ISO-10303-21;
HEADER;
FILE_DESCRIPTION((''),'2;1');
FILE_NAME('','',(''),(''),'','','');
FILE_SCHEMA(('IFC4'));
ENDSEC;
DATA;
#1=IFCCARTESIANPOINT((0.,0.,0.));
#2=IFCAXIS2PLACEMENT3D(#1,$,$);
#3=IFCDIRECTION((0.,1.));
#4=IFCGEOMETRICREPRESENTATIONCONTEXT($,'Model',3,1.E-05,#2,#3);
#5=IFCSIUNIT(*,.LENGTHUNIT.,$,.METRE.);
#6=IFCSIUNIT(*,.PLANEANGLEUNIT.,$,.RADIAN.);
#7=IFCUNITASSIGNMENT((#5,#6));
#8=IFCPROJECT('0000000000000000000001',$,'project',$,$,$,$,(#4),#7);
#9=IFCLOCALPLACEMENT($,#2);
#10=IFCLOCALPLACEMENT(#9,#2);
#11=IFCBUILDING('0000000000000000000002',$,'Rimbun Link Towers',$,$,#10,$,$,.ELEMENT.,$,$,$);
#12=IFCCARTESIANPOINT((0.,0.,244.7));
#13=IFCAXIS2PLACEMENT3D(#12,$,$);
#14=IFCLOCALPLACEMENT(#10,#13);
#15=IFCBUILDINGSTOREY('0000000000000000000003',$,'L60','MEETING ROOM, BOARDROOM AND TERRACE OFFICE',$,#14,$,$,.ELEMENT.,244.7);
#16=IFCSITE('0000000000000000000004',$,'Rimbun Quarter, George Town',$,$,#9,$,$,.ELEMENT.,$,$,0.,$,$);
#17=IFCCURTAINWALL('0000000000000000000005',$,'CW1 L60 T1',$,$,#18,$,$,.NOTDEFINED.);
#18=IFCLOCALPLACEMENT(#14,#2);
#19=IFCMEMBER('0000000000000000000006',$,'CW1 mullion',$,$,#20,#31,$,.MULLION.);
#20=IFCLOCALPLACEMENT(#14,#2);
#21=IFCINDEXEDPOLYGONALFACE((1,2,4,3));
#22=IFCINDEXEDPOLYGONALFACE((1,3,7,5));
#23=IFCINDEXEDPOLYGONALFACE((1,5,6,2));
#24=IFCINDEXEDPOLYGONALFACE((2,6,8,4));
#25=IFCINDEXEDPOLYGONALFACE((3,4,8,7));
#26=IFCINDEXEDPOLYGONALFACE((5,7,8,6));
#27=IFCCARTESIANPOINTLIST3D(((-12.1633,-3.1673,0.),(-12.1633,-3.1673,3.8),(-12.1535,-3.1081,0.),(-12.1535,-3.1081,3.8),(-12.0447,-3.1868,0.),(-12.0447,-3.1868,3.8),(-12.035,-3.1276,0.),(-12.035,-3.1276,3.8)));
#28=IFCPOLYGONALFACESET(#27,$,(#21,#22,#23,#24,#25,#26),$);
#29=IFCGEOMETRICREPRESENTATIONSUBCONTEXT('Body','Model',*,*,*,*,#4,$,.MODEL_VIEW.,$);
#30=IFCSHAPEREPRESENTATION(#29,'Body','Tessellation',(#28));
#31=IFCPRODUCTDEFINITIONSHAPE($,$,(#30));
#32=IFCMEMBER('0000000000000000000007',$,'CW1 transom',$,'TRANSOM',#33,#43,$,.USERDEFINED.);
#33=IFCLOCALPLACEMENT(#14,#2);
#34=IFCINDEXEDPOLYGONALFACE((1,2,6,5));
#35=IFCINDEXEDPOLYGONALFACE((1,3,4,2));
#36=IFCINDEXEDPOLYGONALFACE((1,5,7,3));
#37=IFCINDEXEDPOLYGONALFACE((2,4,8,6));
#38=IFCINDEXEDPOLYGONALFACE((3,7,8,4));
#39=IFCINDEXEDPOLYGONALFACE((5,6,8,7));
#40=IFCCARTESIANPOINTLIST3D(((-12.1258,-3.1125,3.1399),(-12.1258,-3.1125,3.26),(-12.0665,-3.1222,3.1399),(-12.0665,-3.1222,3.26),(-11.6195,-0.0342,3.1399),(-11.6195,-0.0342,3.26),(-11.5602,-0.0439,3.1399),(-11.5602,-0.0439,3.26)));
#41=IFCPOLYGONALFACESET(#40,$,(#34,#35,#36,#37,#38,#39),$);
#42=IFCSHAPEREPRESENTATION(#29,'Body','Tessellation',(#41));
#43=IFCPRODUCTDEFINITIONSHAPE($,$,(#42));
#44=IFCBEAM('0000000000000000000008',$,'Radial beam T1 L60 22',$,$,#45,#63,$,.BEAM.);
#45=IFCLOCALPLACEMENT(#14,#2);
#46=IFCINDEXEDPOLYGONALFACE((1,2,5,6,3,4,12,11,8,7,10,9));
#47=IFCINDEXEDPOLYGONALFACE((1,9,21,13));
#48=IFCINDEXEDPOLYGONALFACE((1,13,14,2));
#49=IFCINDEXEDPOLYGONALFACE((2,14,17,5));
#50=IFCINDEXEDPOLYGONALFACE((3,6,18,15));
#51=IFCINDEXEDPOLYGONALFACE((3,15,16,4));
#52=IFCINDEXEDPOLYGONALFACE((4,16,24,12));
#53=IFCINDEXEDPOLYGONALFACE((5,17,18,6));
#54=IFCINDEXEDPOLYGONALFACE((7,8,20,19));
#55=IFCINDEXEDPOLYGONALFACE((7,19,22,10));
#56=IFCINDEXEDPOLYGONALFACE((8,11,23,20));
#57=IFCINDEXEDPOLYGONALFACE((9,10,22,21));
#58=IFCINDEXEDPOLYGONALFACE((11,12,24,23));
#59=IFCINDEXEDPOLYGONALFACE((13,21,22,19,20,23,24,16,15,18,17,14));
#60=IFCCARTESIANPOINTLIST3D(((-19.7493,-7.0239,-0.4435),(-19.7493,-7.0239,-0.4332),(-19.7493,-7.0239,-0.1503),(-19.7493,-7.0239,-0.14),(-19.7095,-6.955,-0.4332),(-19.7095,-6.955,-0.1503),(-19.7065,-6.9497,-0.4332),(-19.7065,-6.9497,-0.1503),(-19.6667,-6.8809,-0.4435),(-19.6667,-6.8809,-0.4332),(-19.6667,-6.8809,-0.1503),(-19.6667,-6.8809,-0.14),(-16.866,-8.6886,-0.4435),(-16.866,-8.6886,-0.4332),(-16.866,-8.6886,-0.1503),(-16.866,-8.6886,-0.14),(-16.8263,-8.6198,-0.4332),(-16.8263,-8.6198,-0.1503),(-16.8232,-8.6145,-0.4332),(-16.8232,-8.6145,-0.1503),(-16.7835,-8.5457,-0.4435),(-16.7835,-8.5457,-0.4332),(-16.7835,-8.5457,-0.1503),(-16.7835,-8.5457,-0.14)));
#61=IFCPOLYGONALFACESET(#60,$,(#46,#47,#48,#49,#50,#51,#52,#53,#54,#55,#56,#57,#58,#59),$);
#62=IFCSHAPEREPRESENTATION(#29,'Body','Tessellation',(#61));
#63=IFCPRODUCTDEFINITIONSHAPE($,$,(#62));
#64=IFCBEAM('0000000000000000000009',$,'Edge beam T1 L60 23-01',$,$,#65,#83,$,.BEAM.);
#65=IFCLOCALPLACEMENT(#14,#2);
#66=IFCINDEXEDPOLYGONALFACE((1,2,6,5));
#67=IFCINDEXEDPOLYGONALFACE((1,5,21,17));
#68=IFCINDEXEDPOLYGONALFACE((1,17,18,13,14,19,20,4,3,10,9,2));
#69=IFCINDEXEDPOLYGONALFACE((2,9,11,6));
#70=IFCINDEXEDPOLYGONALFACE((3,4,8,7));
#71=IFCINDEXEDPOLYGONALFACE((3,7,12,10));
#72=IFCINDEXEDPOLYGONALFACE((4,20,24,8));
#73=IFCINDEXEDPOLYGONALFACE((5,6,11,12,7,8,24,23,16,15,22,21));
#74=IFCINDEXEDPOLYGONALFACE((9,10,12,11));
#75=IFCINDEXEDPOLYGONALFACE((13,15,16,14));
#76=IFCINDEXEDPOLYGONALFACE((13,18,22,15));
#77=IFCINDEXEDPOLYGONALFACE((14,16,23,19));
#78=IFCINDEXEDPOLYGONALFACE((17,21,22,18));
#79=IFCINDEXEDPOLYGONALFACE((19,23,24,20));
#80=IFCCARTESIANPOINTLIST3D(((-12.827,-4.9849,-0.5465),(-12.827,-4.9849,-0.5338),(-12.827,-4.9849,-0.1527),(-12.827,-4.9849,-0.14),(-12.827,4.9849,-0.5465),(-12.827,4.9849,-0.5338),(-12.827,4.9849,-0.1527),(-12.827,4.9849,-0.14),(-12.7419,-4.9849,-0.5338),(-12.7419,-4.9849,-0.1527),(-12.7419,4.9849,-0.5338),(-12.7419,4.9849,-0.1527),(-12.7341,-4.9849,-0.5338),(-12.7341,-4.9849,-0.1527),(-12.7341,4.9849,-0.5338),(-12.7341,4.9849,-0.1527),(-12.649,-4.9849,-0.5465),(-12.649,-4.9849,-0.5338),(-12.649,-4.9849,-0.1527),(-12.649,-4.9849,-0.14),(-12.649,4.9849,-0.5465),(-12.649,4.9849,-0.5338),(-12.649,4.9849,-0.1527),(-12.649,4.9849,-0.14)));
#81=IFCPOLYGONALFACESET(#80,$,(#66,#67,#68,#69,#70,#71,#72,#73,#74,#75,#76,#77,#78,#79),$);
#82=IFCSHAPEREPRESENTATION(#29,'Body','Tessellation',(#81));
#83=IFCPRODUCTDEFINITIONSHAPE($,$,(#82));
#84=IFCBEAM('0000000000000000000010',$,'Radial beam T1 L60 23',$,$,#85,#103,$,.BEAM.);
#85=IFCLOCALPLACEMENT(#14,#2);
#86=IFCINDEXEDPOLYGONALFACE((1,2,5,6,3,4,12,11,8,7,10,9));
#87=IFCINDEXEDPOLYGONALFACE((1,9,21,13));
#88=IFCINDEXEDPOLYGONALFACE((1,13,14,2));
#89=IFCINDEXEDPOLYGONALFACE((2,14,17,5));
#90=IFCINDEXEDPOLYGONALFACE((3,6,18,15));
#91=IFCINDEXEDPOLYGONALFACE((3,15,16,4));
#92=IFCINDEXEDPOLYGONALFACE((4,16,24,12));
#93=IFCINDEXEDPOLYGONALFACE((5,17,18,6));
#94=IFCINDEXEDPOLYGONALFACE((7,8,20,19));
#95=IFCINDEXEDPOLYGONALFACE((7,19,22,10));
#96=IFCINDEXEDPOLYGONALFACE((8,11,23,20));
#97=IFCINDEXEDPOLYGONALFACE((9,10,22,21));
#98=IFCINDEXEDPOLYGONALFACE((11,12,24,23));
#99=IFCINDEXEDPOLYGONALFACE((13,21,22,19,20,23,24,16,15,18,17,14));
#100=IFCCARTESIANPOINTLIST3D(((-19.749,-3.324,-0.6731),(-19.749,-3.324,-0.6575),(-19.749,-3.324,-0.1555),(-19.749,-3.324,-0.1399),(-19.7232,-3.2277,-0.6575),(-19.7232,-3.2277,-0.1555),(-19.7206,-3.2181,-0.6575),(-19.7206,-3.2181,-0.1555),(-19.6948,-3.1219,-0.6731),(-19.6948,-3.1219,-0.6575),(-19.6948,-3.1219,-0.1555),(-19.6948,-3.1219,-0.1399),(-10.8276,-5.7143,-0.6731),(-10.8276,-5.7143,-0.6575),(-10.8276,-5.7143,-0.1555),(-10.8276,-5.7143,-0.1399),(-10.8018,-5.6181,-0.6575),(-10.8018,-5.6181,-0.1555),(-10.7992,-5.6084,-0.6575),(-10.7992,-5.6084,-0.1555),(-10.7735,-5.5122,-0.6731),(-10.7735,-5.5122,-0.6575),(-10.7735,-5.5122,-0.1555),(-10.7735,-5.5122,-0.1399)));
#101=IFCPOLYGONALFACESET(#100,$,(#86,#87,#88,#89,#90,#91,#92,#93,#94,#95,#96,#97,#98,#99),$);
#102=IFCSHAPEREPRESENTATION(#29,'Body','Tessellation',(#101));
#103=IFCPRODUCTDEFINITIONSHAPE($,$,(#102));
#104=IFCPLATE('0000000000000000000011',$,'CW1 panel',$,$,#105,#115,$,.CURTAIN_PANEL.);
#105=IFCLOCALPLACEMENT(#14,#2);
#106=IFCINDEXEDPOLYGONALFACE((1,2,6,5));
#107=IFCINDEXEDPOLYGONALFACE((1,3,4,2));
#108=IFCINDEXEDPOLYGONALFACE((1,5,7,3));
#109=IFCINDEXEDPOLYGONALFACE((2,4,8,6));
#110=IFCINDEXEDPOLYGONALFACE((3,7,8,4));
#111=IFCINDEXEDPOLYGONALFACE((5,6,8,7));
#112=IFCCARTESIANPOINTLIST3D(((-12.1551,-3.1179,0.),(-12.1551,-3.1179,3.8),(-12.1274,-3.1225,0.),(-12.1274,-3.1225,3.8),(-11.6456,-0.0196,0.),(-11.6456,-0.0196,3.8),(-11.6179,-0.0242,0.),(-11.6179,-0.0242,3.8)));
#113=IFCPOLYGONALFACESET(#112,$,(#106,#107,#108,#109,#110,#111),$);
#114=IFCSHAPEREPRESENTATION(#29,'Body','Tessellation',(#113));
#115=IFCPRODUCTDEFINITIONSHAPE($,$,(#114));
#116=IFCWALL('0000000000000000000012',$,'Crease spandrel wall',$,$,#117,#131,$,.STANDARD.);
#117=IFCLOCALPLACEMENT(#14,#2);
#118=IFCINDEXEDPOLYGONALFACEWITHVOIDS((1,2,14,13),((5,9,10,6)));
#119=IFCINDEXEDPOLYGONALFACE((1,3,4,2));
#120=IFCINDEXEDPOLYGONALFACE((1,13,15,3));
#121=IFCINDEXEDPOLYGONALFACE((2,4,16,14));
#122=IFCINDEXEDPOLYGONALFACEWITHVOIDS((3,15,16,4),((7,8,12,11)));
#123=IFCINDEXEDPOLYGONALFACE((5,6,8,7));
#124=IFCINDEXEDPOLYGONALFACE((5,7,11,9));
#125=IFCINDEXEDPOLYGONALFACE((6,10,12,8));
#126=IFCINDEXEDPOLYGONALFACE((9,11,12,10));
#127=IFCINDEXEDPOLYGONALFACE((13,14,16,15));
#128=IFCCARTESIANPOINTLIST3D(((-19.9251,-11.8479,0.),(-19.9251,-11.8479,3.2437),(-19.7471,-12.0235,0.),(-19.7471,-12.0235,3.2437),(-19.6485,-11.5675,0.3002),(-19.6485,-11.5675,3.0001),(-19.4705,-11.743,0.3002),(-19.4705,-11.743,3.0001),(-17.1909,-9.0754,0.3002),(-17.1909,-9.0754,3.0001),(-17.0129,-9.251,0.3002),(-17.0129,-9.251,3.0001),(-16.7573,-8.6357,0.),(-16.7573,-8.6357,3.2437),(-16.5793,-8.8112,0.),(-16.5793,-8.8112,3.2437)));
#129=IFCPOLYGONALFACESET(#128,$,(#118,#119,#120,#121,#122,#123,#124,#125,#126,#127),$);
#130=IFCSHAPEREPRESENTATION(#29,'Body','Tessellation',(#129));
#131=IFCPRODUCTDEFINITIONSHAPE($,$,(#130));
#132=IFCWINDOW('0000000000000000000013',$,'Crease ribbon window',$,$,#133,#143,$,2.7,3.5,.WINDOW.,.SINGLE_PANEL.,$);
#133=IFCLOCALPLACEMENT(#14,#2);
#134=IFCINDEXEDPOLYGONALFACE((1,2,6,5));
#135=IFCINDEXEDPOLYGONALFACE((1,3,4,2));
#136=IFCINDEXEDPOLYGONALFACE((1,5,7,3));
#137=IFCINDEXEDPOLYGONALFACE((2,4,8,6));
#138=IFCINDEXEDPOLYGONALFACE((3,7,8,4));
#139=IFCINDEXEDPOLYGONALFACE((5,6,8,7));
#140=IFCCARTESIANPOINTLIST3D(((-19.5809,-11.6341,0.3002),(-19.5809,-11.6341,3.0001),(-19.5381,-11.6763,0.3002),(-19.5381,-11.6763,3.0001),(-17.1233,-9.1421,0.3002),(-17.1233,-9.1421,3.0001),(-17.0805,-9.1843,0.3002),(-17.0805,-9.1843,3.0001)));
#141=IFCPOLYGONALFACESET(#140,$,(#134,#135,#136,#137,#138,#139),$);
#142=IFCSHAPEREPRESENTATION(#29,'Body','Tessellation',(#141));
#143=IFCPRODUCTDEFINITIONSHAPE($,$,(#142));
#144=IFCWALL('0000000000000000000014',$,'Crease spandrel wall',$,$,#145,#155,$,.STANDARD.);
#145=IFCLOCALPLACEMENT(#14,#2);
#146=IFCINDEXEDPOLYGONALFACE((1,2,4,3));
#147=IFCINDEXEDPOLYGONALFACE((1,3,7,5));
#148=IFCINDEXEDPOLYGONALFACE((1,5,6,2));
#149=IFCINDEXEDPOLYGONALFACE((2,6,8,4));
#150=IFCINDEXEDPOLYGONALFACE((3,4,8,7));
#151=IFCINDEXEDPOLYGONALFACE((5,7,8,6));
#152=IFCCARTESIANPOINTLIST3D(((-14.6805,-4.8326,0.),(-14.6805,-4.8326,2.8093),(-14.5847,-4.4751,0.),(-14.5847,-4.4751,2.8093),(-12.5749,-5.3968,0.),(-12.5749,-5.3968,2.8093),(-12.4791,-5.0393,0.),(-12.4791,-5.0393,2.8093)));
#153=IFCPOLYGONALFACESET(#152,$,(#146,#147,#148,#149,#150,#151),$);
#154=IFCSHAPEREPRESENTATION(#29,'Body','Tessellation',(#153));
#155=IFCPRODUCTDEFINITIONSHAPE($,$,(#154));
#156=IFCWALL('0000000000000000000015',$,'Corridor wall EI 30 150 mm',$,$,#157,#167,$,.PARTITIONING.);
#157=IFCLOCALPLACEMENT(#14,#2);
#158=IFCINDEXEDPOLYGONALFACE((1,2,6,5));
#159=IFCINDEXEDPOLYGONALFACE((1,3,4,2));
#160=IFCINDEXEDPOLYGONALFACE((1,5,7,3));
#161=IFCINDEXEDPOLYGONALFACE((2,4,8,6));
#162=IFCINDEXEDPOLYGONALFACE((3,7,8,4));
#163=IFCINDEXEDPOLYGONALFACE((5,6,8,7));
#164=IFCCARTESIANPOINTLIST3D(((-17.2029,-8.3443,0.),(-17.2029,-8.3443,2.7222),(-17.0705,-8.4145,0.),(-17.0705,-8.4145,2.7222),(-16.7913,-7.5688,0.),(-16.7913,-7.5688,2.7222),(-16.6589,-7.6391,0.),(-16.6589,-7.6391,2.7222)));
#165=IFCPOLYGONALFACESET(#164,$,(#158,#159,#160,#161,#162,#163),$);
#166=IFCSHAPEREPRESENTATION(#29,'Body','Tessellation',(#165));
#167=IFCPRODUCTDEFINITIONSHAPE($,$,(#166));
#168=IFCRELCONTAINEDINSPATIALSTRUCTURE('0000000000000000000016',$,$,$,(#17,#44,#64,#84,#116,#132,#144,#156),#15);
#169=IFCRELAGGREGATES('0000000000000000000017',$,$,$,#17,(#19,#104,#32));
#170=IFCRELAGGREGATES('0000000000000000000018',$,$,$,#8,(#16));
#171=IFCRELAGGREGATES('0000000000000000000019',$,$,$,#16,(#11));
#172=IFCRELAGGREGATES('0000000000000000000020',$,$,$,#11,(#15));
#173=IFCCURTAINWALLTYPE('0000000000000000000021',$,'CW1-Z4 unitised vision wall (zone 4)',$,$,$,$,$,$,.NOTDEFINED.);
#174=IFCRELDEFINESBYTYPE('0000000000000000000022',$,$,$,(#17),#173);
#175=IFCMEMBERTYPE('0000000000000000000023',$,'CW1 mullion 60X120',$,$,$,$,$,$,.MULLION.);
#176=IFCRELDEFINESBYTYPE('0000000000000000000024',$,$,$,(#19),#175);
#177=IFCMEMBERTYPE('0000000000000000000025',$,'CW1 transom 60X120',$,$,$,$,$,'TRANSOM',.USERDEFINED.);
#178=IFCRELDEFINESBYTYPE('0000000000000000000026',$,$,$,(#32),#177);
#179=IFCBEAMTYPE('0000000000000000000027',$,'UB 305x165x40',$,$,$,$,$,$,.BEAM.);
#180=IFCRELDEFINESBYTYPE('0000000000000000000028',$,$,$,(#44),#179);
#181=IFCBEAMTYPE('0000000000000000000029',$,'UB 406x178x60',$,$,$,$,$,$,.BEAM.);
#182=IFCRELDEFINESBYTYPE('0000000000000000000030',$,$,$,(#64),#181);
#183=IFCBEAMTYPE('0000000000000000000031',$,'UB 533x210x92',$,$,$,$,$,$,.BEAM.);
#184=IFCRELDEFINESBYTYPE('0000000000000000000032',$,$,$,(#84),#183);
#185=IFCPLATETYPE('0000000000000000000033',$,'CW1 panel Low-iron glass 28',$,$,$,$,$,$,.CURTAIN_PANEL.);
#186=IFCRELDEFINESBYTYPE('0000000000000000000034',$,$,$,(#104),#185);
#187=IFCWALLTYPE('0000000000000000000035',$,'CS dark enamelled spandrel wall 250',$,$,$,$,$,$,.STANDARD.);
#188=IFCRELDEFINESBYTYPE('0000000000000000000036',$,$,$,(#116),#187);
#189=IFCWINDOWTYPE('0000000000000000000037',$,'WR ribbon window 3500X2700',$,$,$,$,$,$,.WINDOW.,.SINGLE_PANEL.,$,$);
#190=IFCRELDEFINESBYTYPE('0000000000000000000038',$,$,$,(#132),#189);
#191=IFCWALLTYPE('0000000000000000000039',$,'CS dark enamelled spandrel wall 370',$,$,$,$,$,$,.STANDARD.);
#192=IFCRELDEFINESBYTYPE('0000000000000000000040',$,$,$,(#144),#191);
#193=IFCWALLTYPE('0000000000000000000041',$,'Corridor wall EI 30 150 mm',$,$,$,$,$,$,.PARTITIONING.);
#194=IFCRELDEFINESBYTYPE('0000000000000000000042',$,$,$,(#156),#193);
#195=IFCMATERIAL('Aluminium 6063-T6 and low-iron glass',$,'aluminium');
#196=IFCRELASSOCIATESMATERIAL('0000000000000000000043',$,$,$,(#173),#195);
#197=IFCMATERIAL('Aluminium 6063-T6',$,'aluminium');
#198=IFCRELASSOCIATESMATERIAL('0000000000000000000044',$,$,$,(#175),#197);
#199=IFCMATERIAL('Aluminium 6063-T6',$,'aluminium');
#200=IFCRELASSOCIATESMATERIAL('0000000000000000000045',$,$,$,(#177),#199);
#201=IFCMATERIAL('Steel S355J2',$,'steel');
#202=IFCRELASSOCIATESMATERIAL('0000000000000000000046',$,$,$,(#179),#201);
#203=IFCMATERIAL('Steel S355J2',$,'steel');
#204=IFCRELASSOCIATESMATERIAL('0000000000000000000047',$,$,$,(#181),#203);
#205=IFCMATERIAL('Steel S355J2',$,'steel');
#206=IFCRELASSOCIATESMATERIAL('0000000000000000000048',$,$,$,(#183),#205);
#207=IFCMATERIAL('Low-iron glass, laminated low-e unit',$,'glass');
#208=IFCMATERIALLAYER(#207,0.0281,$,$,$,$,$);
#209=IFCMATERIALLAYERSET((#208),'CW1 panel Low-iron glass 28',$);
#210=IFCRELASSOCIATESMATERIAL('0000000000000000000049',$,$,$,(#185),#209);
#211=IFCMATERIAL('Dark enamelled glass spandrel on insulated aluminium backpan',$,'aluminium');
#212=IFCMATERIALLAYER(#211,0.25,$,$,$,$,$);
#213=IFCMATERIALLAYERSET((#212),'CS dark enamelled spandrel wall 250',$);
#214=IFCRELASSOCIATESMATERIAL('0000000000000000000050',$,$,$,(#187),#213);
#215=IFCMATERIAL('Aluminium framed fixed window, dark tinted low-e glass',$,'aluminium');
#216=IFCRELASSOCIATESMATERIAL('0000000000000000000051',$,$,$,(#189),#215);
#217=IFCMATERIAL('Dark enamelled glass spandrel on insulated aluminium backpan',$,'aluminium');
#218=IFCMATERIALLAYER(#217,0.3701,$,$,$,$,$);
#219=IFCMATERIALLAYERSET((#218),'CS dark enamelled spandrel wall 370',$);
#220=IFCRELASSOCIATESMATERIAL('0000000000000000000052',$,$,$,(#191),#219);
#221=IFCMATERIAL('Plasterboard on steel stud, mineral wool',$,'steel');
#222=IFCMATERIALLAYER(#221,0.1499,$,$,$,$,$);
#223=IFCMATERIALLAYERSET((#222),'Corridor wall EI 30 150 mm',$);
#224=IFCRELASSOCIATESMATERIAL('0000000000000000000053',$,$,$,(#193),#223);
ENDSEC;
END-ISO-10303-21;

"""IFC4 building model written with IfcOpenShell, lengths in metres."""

from ifc_helpers import new_model, si_unit, direction, frame, frame_2d, origin, origin_2d, place, context, subcontext, project, spatial, rectangle, i_section, extrude, material, layer, layer_set, material_profile, profile_set, type_object, element, fill, aggregate, save


model = new_model("IFC4")

# Units and contexts
model_context = context("Model", 3, precision=1e-05, world=origin(), true_north=direction((0.0, 1.0)))
body_context = subcontext(model_context, "Body", "Model", "MODEL_VIEW")
ifc_project = project(units=[si_unit("LENGTHUNIT", "METRE"), si_unit("PLANEANGLEUNIT", "RADIAN")], contexts=[model_context])

# Site, building, storey
site_placement = place(None, origin())
site = spatial("IfcSite", under=ifc_project, at=site_placement, Name="Rimbun Quarter, George Town", CompositionType="ELEMENT", RefElevation=0.0)
building_placement = place(site_placement, origin())
building = spatial("IfcBuilding", under=site, at=building_placement, Name="Rimbun Link Towers", CompositionType="ELEMENT")
storey_placement = place(building_placement, frame((0.0, 0.0, 244.7)))
storey = spatial("IfcBuildingStorey", under=building, at=storey_placement, Name="L60", Description="MEETING ROOM, BOARDROOM AND TERRACE OFFICE", CompositionType="ELEMENT", Elevation=244.7)

# Curtain wall, members
ifc_material_1 = material(Name="Aluminium 6063-T6 and low-iron glass", Category="aluminium")
curtain_wall_type = type_object("IfcCurtainWallType", Name="CW1-Z4 unitised vision wall (zone 4)", PredefinedType="NOTDEFINED", material=ifc_material_1)
curtain_wall_placement = place(storey_placement, origin())
curtain_wall = element("IfcCurtainWall", 1, at=curtain_wall_placement, inside=storey, type_object=curtain_wall_type, Name="CW1 L60 T1", PredefinedType="NOTDEFINED")
ifc_material_2 = material(Name="Aluminium 6063-T6", Category="aluminium")
ifc_material_profile_1 = material_profile(ifc_material_2, rectangle(XDim=0.1201, YDim=0.0601, at=origin_2d()), Name="MULLION 60X120")
ifc_profile_set_1 = profile_set([ifc_material_profile_1], Name="Aluminium 6063-T6")
member_type_1 = type_object("IfcMemberType", Name="CW1 mullion 60X120", PredefinedType="MULLION", material=ifc_profile_set_1)
member_1_placement = place(storey_placement, frame((-12.0991, -3.1475, 0.0), z_axis=(0.0, 0.0, 1.0), x_axis=(0.986748, -0.162262, 0.0)))
member_1 = element("IfcMember", 2, at=member_1_placement, type_object=member_type_1, Name="CW1 mullion", PredefinedType="MULLION", context=body_context, shape_type="SweptSolid", body=[
    extrude(rectangle(XDim=0.1201, YDim=0.0601, at=origin_2d()), origin(), (0.0, 0.0, 1.0), 3.8),
])
ifc_material_3 = material(Name="Aluminium 6063-T6", Category="aluminium")
ifc_material_profile_2 = material_profile(ifc_material_3, rectangle(XDim=0.0601, YDim=0.1201, at=origin_2d()), Name="TRANSOM 60X120")
ifc_profile_set_2 = profile_set([ifc_material_profile_2], Name="Aluminium 6063-T6")
member_type_2 = type_object("IfcMemberType", Name="CW1 transom 60X120", ElementType="TRANSOM", PredefinedType="USERDEFINED", material=ifc_profile_set_2)
member_2_placement = place(storey_placement, frame((-11.5898, -0.0391, 3.2), z_axis=(-0.162305, -0.986741, 0.0), x_axis=(0.986741, -0.162305, 0.0)))
member_2 = element("IfcMember", 3, at=member_2_placement, type_object=member_type_2, Name="CW1 transom", ObjectType="TRANSOM", PredefinedType="USERDEFINED", context=body_context, shape_type="SweptSolid", body=[
    extrude(rectangle(XDim=0.0601, YDim=0.1201, at=origin_2d()), origin(), (0.0, 0.0, 1.0), 3.1196),
])

# Beams
ifc_material_4 = material(Name="Steel S355J2", Category="steel")
ifc_material_profile_3 = material_profile(ifc_material_4, i_section(OverallWidth=0.165, OverallDepth=0.3035, WebThickness=0.0061, FlangeThickness=0.0103, at=origin_2d()), Name="UB 305x165x40")
ifc_profile_set_3 = profile_set([ifc_material_profile_3], Name="Steel S355J2")
beam_type_1 = type_object("IfcBeamType", Name="UB 305x165x40", PredefinedType="BEAM", material=ifc_profile_set_3)
beam_1_placement = place(storey_placement, frame((-19.708, -6.9524, -0.2917), z_axis=(0.86601, -0.500027, 0.0), x_axis=(0.500027, 0.86601, 0.0)))
element("IfcBeam", 4, at=beam_1_placement, inside=storey, type_object=beam_type_1, Name="Radial beam T1 L60 22", PredefinedType="BEAM", context=body_context, shape_type="SweptSolid", body=[
    extrude(i_section(OverallWidth=0.165, OverallDepth=0.3035, WebThickness=0.0061, FlangeThickness=0.0103, at=origin_2d()), origin(), (0.0, 0.0, 1.0), 3.3293),
])
ifc_material_5 = material(Name="Steel S355J2", Category="steel")
ifc_material_profile_4 = material_profile(ifc_material_5, i_section(OverallWidth=0.178, OverallDepth=0.4065, WebThickness=0.0078, FlangeThickness=0.0127, at=origin_2d()), Name="UB 406x178x60")
ifc_profile_set_4 = profile_set([ifc_material_profile_4], Name="Steel S355J2")
beam_type_2 = type_object("IfcBeamType", Name="UB 406x178x60", PredefinedType="BEAM", material=ifc_profile_set_4)
beam_2_placement = place(storey_placement, frame((-12.738, -4.9849, -0.3433), z_axis=(0.0, 1.0, 0.0), x_axis=(-1.0, 0.0, 0.0)))
element("IfcBeam", 5, at=beam_2_placement, inside=storey, type_object=beam_type_2, Name="Edge beam T1 L60 23-01", PredefinedType="BEAM", context=body_context, shape_type="SweptSolid", body=[
    extrude(i_section(OverallWidth=0.178, OverallDepth=0.4065, WebThickness=0.0078, FlangeThickness=0.0127, at=origin_2d()), origin(), (0.0, 0.0, 1.0), 9.9697),
])
ifc_material_6 = material(Name="Steel S355J2", Category="steel")
ifc_material_profile_5 = material_profile(ifc_material_6, i_section(OverallWidth=0.2092, OverallDepth=0.5332, WebThickness=0.01, FlangeThickness=0.0156, at=origin_2d()), Name="UB 533x210x92")
ifc_profile_set_5 = profile_set([ifc_material_profile_5], Name="Steel S355J2")
beam_type_3 = type_object("IfcBeamType", Name="UB 533x210x92", PredefinedType="BEAM", material=ifc_profile_set_5)
beam_3_placement = place(storey_placement, frame((-19.7219, -3.2229, -0.4065), z_axis=(0.965928, -0.258809, 0.0), x_axis=(0.258809, 0.965928, 0.0)))
element("IfcBeam", 6, at=beam_3_placement, inside=storey, type_object=beam_type_3, Name="Radial beam T1 L60 23", PredefinedType="BEAM", context=body_context, shape_type="SweptSolid", body=[
    extrude(i_section(OverallWidth=0.2092, OverallDepth=0.5332, WebThickness=0.01, FlangeThickness=0.0156, at=origin_2d()), origin(), (0.0, 0.0, 1.0), 9.2361),
])

# Plate
ifc_material_7 = material(Name="Low-iron glass, laminated low-e unit", Category="glass")
ifc_layer_1 = layer(ifc_material_7, 0.0281)
ifc_layer_set_1 = layer_set([ifc_layer_1], Name="CW1 panel Low-iron glass 28")
plate_type = type_object("IfcPlateType", Name="CW1 panel Low-iron glass 28", PredefinedType="CURTAIN_PANEL", material=ifc_layer_set_1)
plate_placement = place(storey_placement, frame((-11.8865, -1.571, 0.0), z_axis=(0.0, 0.0, 1.0), x_axis=(-0.162262, -0.986748, 0.0)))
plate = element("IfcPlate", 7, at=plate_placement, type_object=plate_type, Name="CW1 panel", PredefinedType="CURTAIN_PANEL", context=body_context, shape_type="SweptSolid", body=[
    extrude(rectangle(XDim=3.1399, YDim=0.0281, at=origin_2d()), origin(), (0.0, 0.0, 1.0), 3.8),
])
aggregate(curtain_wall, [member_1, plate, member_2])

# Wall, opening, window
ifc_material_8 = material(Name="Dark enamelled glass spandrel on insulated aluminium backpan", Category="aluminium")
ifc_layer_2 = layer(ifc_material_8, 0.25)
ifc_layer_set_2 = layer_set([ifc_layer_2], Name="CS dark enamelled spandrel wall 250")
wall_type_1 = type_object("IfcWallType", Name="CS dark enamelled spandrel wall 250", PredefinedType="STANDARD", material=ifc_layer_set_2)
wall_1_placement = place(storey_placement, frame((-16.6682, -8.7234, 0.0), z_axis=(0.0, 0.0, 1.0), x_axis=(-0.702165, -0.712014, 0.0)))
wall_1 = element("IfcWall", 8, at=wall_1_placement, inside=storey, type_object=wall_type_1, Name="Crease spandrel wall", PredefinedType="STANDARD", context=body_context, shape_type="SweptSolid", body=[
    extrude(rectangle(XDim=4.5115, YDim=0.25, at=frame_2d((2.2559, 0.0))), origin(), (0.0, 0.0, 1.0), 3.2437),
])
opening_1_placement = place(wall_1_placement, frame((0.6177, 0.0, 0.3)))
opening_1 = element("IfcOpeningElement", 9, at=opening_1_placement, cuts=wall_1, PredefinedType="OPENING", context=body_context, shape_type="SweptSolid", body=[
    extrude(rectangle(XDim=3.5, YDim=2.7, at=frame_2d((1.75, 1.3501))), frame((0.0, 0.135, 0.0), z_axis=(0.0, -1.0, 0.0), x_axis=(1.0, 0.0, 0.0)), (0.0, 0.0, 1.0), 0.27),
])
ifc_material_9 = material(Name="Aluminium framed fixed window, dark tinted low-e glass", Category="aluminium")
window_type = type_object("IfcWindowType", Name="WR ribbon window 3500X2700", PartitioningType="SINGLE_PANEL", PredefinedType="WINDOW", material=ifc_material_9)
window_placement = place(opening_1_placement, origin())
window = element("IfcWindow", 10, at=window_placement, inside=storey, type_object=window_type, Name="Crease ribbon window", OverallHeight=2.7, OverallWidth=3.5, PartitioningType="SINGLE_PANEL", PredefinedType="WINDOW", context=body_context, shape_type="SweptSolid", body=[
    extrude(rectangle(XDim=3.5, YDim=2.7, at=frame_2d((1.75, 1.3501))), frame((0.0, 0.03, 0.0), z_axis=(0.0, -1.0, 0.0), x_axis=(1.0, 0.0, 0.0)), (0.0, 0.0, 1.0), 0.0601),
])
fill(opening_1, window)

# Walls
ifc_material_10 = material(Name="Dark enamelled glass spandrel on insulated aluminium backpan", Category="aluminium")
ifc_layer_3 = layer(ifc_material_10, 0.3701)
ifc_layer_set_3 = layer_set([ifc_layer_3], Name="CS dark enamelled spandrel wall 370")
wall_type_2 = type_object("IfcWallType", Name="CS dark enamelled spandrel wall 370", PredefinedType="STANDARD", material=ifc_layer_set_3)
wall_2_placement = place(storey_placement, frame((-12.5271, -5.218, 0.0), z_axis=(0.0, 0.0, 1.0), x_axis=(-0.965928, 0.258813, 0.0)))
element("IfcWall", 11, at=wall_2_placement, inside=storey, type_object=wall_type_2, Name="Crease spandrel wall", PredefinedType="STANDARD", context=body_context, shape_type="SweptSolid", body=[
    extrude(rectangle(XDim=2.1799, YDim=0.3701, at=frame_2d((1.0898, 0.0))), origin(), (0.0, 0.0, 1.0), 2.8093),
])
ifc_material_11 = material(Name="Plasterboard on steel stud, mineral wool", Category="steel")
ifc_layer_4 = layer(ifc_material_11, 0.1499)
ifc_layer_set_4 = layer_set([ifc_layer_4], Name="Corridor wall EI 30 150 mm")
wall_type_3 = type_object("IfcWallType", Name="Corridor wall EI 30 150 mm", PredefinedType="PARTITIONING", material=ifc_layer_set_4)
wall_3_placement = place(storey_placement, frame((-17.1367, -8.3794, 0.0), z_axis=(0.0, 0.0, 1.0), x_axis=(0.468884, 0.88326, 0.0)))
element("IfcWall", 12, at=wall_3_placement, inside=storey, type_object=wall_type_3, Name="Corridor wall EI 30 150 mm", PredefinedType="PARTITIONING", context=body_context, shape_type="SweptSolid", body=[
    extrude(rectangle(XDim=0.8779, YDim=0.1499, at=frame_2d((0.439, 0.0))), origin(), (0.0, 0.0, 1.0), 2.7222),
])

save(model, "model.ifc")
